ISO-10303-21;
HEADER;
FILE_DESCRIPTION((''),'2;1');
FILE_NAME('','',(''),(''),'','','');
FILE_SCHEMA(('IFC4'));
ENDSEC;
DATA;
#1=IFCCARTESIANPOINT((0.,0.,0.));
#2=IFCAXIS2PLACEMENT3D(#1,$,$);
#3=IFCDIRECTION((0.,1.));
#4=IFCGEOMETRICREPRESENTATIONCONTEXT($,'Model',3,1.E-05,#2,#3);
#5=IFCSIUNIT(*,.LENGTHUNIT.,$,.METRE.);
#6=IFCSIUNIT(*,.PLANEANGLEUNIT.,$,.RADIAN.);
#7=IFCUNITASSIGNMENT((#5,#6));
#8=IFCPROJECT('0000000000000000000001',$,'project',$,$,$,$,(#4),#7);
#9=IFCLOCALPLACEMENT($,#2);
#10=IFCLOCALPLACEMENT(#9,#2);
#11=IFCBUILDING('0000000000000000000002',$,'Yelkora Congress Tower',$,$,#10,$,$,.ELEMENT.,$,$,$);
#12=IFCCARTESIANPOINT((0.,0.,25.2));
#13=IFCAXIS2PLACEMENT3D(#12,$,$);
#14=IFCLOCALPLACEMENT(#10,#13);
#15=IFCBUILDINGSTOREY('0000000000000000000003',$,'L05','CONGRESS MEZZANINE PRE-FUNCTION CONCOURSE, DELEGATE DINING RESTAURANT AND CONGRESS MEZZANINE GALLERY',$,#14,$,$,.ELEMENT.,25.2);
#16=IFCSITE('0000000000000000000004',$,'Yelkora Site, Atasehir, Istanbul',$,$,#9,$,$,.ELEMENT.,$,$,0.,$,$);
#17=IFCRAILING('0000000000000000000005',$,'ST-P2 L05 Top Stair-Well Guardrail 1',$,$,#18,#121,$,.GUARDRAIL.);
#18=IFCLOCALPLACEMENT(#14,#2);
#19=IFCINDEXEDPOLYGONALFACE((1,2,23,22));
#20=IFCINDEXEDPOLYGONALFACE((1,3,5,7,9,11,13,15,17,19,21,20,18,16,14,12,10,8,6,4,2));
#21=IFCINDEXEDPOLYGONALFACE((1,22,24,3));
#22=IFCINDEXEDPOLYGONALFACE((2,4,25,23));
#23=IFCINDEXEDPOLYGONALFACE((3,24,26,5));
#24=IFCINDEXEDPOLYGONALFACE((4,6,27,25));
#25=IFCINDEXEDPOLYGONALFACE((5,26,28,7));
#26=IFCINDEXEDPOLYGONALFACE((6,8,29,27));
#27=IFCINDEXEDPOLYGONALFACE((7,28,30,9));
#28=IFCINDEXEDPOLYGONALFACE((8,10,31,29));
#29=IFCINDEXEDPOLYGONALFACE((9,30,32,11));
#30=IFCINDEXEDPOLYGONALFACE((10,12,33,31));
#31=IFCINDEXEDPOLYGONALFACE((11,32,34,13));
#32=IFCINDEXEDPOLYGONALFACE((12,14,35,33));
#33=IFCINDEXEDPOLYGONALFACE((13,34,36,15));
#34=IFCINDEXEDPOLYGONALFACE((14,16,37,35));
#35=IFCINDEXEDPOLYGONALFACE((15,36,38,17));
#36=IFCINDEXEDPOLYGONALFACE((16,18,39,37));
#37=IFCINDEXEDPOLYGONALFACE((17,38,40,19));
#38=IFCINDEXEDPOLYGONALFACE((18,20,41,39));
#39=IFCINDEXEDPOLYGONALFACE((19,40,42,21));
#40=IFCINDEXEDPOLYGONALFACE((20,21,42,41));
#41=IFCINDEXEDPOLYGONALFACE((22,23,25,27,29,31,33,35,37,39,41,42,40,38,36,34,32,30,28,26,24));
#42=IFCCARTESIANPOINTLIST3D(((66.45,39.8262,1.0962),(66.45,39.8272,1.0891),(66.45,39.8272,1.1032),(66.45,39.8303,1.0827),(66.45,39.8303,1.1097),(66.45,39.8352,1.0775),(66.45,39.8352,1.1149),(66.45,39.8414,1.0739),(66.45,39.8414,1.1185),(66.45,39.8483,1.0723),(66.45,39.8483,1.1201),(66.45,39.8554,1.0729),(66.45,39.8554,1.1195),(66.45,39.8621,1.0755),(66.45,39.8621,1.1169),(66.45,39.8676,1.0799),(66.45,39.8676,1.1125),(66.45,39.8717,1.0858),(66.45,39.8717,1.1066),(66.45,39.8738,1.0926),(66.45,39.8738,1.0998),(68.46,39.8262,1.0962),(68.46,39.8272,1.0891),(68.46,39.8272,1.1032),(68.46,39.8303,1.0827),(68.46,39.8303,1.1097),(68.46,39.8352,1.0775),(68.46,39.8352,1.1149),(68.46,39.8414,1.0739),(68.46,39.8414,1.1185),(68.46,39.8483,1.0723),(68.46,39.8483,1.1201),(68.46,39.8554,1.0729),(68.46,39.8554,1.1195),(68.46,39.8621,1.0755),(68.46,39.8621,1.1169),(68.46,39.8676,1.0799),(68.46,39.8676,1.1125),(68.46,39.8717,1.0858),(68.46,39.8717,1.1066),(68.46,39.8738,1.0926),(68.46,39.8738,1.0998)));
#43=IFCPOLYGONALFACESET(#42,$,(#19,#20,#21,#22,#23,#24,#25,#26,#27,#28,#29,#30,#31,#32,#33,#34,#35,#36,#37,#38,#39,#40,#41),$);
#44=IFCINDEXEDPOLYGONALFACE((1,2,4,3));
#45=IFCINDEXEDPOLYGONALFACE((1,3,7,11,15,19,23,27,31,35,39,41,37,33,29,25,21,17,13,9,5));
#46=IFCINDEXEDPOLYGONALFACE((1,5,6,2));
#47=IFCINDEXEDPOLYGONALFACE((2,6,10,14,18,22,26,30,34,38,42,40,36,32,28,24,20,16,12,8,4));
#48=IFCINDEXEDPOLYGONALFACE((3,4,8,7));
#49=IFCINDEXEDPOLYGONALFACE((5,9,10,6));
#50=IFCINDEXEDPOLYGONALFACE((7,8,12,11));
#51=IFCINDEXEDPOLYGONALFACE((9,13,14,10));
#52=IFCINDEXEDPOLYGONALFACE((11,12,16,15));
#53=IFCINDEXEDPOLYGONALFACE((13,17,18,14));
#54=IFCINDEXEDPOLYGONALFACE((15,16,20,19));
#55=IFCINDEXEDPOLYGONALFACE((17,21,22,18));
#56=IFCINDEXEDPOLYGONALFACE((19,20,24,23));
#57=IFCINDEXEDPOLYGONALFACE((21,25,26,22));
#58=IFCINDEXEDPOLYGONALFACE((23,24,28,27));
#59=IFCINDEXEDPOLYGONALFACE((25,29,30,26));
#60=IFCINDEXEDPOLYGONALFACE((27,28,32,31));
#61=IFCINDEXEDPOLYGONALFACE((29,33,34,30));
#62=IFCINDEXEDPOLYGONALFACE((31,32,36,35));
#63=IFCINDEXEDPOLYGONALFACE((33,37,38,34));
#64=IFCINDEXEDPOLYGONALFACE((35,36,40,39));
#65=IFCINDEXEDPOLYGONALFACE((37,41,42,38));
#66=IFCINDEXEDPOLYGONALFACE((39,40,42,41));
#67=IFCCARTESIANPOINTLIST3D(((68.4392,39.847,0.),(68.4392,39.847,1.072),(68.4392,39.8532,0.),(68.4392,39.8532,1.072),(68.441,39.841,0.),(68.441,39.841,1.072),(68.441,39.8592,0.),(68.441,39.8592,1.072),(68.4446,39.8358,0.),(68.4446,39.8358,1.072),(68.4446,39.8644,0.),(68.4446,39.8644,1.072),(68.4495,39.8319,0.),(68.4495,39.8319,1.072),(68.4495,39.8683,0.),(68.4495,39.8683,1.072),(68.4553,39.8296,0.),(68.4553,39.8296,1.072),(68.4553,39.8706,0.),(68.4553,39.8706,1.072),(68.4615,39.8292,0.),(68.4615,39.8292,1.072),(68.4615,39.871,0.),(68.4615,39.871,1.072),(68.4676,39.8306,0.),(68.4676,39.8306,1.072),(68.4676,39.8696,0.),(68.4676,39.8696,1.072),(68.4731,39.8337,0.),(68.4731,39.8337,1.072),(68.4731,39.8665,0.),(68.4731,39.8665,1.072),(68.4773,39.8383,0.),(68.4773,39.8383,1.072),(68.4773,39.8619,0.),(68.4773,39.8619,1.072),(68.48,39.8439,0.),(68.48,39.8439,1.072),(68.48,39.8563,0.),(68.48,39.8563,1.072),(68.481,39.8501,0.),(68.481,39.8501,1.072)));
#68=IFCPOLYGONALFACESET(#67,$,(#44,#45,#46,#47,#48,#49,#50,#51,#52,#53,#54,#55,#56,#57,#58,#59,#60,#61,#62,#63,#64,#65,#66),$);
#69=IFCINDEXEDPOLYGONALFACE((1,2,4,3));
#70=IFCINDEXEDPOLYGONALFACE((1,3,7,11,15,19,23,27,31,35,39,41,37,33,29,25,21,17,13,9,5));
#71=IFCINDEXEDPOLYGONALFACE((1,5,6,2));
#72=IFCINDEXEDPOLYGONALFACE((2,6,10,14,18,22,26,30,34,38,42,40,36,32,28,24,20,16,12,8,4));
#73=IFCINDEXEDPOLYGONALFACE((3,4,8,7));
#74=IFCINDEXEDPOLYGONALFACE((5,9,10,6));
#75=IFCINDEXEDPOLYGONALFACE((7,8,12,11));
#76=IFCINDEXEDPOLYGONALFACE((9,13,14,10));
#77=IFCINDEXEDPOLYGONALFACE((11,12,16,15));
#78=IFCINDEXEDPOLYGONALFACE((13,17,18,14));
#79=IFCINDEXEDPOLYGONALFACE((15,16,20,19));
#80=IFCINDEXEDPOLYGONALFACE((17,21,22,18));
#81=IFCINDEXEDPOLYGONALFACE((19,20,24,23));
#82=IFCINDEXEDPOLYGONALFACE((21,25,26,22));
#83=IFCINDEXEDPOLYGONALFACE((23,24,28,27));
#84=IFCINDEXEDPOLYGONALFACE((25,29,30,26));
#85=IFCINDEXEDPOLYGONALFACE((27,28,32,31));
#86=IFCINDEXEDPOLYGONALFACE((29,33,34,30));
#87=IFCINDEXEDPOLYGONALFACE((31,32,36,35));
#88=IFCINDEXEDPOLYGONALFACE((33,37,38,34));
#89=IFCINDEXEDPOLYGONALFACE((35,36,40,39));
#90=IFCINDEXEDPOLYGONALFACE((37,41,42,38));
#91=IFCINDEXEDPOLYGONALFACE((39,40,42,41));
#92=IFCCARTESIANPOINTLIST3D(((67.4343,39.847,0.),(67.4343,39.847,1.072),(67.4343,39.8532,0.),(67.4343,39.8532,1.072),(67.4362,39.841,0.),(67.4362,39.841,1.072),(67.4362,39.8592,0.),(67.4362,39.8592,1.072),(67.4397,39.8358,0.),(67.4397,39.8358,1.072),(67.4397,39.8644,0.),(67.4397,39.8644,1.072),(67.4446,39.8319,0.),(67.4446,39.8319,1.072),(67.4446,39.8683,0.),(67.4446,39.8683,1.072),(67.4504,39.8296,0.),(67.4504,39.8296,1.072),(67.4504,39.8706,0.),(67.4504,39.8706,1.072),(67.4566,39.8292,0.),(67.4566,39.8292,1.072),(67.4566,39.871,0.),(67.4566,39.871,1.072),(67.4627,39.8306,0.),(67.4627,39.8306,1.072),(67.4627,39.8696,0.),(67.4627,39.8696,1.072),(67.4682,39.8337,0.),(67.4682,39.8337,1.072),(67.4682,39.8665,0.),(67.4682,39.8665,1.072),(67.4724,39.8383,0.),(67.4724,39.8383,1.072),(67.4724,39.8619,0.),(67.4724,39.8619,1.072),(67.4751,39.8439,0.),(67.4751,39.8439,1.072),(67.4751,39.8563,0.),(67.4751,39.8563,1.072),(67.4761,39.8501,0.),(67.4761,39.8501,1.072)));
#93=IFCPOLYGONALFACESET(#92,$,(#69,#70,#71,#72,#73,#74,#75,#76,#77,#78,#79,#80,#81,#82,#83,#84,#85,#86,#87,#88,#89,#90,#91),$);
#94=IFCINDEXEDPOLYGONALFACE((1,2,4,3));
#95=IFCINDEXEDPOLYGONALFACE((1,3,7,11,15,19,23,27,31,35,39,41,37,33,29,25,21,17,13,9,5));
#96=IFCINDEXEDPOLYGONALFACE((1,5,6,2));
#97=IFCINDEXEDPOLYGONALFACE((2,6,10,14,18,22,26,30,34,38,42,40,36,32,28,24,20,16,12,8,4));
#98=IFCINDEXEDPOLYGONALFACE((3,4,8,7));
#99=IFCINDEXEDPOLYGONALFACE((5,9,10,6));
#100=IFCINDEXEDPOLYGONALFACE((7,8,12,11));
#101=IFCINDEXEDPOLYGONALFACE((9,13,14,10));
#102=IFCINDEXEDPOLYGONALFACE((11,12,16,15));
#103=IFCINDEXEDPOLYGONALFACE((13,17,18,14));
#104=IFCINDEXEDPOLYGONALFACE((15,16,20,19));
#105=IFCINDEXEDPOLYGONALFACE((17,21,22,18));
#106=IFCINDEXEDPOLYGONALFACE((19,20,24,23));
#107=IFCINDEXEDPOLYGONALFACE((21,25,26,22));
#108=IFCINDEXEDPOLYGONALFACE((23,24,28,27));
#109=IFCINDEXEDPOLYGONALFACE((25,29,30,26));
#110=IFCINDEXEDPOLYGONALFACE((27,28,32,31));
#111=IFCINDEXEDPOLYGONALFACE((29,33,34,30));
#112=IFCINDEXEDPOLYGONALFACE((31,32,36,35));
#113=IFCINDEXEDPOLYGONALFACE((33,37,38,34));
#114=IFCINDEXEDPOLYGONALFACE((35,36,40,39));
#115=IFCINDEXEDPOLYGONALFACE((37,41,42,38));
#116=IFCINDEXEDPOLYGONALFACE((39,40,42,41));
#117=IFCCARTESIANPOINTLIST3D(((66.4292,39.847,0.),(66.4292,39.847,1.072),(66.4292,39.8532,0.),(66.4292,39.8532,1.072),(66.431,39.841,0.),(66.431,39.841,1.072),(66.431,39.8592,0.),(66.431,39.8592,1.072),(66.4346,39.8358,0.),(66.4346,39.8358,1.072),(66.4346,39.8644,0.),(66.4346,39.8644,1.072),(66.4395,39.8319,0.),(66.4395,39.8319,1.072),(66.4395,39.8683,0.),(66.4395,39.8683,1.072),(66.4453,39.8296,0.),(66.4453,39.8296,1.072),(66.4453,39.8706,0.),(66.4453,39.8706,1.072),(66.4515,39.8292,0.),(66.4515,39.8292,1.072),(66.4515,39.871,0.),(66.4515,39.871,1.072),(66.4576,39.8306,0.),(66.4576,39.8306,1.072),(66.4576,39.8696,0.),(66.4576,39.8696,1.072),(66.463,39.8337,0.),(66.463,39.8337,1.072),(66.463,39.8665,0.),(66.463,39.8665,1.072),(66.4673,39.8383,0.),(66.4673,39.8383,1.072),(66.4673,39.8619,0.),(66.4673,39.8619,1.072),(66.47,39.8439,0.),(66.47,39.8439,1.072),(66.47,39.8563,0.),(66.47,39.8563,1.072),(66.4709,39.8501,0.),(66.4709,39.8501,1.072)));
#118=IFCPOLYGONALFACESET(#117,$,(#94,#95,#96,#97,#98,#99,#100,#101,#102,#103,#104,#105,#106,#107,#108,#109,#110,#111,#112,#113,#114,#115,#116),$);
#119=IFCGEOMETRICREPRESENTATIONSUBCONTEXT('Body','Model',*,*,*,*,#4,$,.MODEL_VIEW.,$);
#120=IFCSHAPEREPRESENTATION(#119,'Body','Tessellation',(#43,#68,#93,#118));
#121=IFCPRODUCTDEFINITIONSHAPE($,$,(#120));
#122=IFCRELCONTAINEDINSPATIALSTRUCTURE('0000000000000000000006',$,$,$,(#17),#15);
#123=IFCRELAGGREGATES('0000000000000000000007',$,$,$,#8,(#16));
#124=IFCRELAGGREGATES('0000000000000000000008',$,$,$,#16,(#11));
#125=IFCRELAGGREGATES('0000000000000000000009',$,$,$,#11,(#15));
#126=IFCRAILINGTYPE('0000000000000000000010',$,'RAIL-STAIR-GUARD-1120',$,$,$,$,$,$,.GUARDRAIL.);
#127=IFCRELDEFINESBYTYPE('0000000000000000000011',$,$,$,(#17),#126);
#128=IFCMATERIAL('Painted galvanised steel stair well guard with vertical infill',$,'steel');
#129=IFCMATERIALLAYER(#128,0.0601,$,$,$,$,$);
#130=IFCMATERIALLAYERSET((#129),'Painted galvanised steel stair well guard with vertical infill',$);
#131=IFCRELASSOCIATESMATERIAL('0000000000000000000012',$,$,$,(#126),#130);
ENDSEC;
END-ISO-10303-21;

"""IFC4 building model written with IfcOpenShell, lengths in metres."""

from ifc_helpers import new_model, si_unit, direction, frame, origin, origin_2d, place, context, subcontext, project, spatial, circle, extrude, material, layer, layer_set, type_object, element, save


model = new_model("IFC4")

# Units and contexts
model_context = context("Model", 3, precision=1e-05, world=origin(), true_north=direction((0.0, 1.0)))
body_context = subcontext(model_context, "Body", "Model", "MODEL_VIEW")
ifc_project = project(units=[si_unit("LENGTHUNIT", "METRE"), si_unit("PLANEANGLEUNIT", "RADIAN")], contexts=[model_context])

# Site, building, storey
site_placement = place(None, origin())
site = spatial("IfcSite", under=ifc_project, at=site_placement, Name="Yelkora Site, Atasehir, Istanbul", CompositionType="ELEMENT", RefElevation=0.0)
building_placement = place(site_placement, origin())
building = spatial("IfcBuilding", under=site, at=building_placement, Name="Yelkora Congress Tower", CompositionType="ELEMENT")
storey_placement = place(building_placement, frame((0.0, 0.0, 25.2)))
storey = spatial("IfcBuildingStorey", under=building, at=storey_placement, Name="L05", Description="CONGRESS MEZZANINE PRE-FUNCTION CONCOURSE, DELEGATE DINING RESTAURANT AND CONGRESS MEZZANINE GALLERY", CompositionType="ELEMENT", Elevation=25.2)

# Railing
ifc_material_1 = material(Name="Painted galvanised steel stair well guard with vertical infill", Category="steel")
ifc_layer_1 = layer(ifc_material_1, 0.0601)
ifc_layer_set_1 = layer_set([ifc_layer_1], Name="Painted galvanised steel stair well guard with vertical infill")
railing_type = type_object("IfcRailingType", Name="RAIL-STAIR-GUARD-1120", PredefinedType="GUARDRAIL", material=ifc_layer_set_1)
railing_1_placement = place(storey_placement, frame((68.46, 39.8501, 0.0)))
element("IfcRailing", 1, at=railing_1_placement, inside=storey, type_object=railing_type, Name="ST-P2 L05 Top Stair-Well Guardrail 1", PredefinedType="GUARDRAIL", context=body_context, shape_type="SweptSolid", body=[
    extrude(circle(Radius=0.0239, at=origin_2d()), frame((0.0, 0.0, 1.0962), z_axis=(-1.0, 0.0, 0.0), x_axis=(0.0, -1.0, 0.0)), (0.0, 0.0, 1.0), 2.01),
    extrude(circle(Radius=0.021, at=origin_2d()), origin(), (0.0, 0.0, 1.0), 1.072),
    extrude(circle(Radius=0.021, at=origin_2d()), frame((-1.0049, 0.0, 0.0)), (0.0, 0.0, 1.0), 1.072),
    extrude(circle(Radius=0.021, at=origin_2d()), frame((-2.01, 0.0, 0.0)), (0.0, 0.0, 1.0), 1.072),
])

save(model, "model.ifc")
